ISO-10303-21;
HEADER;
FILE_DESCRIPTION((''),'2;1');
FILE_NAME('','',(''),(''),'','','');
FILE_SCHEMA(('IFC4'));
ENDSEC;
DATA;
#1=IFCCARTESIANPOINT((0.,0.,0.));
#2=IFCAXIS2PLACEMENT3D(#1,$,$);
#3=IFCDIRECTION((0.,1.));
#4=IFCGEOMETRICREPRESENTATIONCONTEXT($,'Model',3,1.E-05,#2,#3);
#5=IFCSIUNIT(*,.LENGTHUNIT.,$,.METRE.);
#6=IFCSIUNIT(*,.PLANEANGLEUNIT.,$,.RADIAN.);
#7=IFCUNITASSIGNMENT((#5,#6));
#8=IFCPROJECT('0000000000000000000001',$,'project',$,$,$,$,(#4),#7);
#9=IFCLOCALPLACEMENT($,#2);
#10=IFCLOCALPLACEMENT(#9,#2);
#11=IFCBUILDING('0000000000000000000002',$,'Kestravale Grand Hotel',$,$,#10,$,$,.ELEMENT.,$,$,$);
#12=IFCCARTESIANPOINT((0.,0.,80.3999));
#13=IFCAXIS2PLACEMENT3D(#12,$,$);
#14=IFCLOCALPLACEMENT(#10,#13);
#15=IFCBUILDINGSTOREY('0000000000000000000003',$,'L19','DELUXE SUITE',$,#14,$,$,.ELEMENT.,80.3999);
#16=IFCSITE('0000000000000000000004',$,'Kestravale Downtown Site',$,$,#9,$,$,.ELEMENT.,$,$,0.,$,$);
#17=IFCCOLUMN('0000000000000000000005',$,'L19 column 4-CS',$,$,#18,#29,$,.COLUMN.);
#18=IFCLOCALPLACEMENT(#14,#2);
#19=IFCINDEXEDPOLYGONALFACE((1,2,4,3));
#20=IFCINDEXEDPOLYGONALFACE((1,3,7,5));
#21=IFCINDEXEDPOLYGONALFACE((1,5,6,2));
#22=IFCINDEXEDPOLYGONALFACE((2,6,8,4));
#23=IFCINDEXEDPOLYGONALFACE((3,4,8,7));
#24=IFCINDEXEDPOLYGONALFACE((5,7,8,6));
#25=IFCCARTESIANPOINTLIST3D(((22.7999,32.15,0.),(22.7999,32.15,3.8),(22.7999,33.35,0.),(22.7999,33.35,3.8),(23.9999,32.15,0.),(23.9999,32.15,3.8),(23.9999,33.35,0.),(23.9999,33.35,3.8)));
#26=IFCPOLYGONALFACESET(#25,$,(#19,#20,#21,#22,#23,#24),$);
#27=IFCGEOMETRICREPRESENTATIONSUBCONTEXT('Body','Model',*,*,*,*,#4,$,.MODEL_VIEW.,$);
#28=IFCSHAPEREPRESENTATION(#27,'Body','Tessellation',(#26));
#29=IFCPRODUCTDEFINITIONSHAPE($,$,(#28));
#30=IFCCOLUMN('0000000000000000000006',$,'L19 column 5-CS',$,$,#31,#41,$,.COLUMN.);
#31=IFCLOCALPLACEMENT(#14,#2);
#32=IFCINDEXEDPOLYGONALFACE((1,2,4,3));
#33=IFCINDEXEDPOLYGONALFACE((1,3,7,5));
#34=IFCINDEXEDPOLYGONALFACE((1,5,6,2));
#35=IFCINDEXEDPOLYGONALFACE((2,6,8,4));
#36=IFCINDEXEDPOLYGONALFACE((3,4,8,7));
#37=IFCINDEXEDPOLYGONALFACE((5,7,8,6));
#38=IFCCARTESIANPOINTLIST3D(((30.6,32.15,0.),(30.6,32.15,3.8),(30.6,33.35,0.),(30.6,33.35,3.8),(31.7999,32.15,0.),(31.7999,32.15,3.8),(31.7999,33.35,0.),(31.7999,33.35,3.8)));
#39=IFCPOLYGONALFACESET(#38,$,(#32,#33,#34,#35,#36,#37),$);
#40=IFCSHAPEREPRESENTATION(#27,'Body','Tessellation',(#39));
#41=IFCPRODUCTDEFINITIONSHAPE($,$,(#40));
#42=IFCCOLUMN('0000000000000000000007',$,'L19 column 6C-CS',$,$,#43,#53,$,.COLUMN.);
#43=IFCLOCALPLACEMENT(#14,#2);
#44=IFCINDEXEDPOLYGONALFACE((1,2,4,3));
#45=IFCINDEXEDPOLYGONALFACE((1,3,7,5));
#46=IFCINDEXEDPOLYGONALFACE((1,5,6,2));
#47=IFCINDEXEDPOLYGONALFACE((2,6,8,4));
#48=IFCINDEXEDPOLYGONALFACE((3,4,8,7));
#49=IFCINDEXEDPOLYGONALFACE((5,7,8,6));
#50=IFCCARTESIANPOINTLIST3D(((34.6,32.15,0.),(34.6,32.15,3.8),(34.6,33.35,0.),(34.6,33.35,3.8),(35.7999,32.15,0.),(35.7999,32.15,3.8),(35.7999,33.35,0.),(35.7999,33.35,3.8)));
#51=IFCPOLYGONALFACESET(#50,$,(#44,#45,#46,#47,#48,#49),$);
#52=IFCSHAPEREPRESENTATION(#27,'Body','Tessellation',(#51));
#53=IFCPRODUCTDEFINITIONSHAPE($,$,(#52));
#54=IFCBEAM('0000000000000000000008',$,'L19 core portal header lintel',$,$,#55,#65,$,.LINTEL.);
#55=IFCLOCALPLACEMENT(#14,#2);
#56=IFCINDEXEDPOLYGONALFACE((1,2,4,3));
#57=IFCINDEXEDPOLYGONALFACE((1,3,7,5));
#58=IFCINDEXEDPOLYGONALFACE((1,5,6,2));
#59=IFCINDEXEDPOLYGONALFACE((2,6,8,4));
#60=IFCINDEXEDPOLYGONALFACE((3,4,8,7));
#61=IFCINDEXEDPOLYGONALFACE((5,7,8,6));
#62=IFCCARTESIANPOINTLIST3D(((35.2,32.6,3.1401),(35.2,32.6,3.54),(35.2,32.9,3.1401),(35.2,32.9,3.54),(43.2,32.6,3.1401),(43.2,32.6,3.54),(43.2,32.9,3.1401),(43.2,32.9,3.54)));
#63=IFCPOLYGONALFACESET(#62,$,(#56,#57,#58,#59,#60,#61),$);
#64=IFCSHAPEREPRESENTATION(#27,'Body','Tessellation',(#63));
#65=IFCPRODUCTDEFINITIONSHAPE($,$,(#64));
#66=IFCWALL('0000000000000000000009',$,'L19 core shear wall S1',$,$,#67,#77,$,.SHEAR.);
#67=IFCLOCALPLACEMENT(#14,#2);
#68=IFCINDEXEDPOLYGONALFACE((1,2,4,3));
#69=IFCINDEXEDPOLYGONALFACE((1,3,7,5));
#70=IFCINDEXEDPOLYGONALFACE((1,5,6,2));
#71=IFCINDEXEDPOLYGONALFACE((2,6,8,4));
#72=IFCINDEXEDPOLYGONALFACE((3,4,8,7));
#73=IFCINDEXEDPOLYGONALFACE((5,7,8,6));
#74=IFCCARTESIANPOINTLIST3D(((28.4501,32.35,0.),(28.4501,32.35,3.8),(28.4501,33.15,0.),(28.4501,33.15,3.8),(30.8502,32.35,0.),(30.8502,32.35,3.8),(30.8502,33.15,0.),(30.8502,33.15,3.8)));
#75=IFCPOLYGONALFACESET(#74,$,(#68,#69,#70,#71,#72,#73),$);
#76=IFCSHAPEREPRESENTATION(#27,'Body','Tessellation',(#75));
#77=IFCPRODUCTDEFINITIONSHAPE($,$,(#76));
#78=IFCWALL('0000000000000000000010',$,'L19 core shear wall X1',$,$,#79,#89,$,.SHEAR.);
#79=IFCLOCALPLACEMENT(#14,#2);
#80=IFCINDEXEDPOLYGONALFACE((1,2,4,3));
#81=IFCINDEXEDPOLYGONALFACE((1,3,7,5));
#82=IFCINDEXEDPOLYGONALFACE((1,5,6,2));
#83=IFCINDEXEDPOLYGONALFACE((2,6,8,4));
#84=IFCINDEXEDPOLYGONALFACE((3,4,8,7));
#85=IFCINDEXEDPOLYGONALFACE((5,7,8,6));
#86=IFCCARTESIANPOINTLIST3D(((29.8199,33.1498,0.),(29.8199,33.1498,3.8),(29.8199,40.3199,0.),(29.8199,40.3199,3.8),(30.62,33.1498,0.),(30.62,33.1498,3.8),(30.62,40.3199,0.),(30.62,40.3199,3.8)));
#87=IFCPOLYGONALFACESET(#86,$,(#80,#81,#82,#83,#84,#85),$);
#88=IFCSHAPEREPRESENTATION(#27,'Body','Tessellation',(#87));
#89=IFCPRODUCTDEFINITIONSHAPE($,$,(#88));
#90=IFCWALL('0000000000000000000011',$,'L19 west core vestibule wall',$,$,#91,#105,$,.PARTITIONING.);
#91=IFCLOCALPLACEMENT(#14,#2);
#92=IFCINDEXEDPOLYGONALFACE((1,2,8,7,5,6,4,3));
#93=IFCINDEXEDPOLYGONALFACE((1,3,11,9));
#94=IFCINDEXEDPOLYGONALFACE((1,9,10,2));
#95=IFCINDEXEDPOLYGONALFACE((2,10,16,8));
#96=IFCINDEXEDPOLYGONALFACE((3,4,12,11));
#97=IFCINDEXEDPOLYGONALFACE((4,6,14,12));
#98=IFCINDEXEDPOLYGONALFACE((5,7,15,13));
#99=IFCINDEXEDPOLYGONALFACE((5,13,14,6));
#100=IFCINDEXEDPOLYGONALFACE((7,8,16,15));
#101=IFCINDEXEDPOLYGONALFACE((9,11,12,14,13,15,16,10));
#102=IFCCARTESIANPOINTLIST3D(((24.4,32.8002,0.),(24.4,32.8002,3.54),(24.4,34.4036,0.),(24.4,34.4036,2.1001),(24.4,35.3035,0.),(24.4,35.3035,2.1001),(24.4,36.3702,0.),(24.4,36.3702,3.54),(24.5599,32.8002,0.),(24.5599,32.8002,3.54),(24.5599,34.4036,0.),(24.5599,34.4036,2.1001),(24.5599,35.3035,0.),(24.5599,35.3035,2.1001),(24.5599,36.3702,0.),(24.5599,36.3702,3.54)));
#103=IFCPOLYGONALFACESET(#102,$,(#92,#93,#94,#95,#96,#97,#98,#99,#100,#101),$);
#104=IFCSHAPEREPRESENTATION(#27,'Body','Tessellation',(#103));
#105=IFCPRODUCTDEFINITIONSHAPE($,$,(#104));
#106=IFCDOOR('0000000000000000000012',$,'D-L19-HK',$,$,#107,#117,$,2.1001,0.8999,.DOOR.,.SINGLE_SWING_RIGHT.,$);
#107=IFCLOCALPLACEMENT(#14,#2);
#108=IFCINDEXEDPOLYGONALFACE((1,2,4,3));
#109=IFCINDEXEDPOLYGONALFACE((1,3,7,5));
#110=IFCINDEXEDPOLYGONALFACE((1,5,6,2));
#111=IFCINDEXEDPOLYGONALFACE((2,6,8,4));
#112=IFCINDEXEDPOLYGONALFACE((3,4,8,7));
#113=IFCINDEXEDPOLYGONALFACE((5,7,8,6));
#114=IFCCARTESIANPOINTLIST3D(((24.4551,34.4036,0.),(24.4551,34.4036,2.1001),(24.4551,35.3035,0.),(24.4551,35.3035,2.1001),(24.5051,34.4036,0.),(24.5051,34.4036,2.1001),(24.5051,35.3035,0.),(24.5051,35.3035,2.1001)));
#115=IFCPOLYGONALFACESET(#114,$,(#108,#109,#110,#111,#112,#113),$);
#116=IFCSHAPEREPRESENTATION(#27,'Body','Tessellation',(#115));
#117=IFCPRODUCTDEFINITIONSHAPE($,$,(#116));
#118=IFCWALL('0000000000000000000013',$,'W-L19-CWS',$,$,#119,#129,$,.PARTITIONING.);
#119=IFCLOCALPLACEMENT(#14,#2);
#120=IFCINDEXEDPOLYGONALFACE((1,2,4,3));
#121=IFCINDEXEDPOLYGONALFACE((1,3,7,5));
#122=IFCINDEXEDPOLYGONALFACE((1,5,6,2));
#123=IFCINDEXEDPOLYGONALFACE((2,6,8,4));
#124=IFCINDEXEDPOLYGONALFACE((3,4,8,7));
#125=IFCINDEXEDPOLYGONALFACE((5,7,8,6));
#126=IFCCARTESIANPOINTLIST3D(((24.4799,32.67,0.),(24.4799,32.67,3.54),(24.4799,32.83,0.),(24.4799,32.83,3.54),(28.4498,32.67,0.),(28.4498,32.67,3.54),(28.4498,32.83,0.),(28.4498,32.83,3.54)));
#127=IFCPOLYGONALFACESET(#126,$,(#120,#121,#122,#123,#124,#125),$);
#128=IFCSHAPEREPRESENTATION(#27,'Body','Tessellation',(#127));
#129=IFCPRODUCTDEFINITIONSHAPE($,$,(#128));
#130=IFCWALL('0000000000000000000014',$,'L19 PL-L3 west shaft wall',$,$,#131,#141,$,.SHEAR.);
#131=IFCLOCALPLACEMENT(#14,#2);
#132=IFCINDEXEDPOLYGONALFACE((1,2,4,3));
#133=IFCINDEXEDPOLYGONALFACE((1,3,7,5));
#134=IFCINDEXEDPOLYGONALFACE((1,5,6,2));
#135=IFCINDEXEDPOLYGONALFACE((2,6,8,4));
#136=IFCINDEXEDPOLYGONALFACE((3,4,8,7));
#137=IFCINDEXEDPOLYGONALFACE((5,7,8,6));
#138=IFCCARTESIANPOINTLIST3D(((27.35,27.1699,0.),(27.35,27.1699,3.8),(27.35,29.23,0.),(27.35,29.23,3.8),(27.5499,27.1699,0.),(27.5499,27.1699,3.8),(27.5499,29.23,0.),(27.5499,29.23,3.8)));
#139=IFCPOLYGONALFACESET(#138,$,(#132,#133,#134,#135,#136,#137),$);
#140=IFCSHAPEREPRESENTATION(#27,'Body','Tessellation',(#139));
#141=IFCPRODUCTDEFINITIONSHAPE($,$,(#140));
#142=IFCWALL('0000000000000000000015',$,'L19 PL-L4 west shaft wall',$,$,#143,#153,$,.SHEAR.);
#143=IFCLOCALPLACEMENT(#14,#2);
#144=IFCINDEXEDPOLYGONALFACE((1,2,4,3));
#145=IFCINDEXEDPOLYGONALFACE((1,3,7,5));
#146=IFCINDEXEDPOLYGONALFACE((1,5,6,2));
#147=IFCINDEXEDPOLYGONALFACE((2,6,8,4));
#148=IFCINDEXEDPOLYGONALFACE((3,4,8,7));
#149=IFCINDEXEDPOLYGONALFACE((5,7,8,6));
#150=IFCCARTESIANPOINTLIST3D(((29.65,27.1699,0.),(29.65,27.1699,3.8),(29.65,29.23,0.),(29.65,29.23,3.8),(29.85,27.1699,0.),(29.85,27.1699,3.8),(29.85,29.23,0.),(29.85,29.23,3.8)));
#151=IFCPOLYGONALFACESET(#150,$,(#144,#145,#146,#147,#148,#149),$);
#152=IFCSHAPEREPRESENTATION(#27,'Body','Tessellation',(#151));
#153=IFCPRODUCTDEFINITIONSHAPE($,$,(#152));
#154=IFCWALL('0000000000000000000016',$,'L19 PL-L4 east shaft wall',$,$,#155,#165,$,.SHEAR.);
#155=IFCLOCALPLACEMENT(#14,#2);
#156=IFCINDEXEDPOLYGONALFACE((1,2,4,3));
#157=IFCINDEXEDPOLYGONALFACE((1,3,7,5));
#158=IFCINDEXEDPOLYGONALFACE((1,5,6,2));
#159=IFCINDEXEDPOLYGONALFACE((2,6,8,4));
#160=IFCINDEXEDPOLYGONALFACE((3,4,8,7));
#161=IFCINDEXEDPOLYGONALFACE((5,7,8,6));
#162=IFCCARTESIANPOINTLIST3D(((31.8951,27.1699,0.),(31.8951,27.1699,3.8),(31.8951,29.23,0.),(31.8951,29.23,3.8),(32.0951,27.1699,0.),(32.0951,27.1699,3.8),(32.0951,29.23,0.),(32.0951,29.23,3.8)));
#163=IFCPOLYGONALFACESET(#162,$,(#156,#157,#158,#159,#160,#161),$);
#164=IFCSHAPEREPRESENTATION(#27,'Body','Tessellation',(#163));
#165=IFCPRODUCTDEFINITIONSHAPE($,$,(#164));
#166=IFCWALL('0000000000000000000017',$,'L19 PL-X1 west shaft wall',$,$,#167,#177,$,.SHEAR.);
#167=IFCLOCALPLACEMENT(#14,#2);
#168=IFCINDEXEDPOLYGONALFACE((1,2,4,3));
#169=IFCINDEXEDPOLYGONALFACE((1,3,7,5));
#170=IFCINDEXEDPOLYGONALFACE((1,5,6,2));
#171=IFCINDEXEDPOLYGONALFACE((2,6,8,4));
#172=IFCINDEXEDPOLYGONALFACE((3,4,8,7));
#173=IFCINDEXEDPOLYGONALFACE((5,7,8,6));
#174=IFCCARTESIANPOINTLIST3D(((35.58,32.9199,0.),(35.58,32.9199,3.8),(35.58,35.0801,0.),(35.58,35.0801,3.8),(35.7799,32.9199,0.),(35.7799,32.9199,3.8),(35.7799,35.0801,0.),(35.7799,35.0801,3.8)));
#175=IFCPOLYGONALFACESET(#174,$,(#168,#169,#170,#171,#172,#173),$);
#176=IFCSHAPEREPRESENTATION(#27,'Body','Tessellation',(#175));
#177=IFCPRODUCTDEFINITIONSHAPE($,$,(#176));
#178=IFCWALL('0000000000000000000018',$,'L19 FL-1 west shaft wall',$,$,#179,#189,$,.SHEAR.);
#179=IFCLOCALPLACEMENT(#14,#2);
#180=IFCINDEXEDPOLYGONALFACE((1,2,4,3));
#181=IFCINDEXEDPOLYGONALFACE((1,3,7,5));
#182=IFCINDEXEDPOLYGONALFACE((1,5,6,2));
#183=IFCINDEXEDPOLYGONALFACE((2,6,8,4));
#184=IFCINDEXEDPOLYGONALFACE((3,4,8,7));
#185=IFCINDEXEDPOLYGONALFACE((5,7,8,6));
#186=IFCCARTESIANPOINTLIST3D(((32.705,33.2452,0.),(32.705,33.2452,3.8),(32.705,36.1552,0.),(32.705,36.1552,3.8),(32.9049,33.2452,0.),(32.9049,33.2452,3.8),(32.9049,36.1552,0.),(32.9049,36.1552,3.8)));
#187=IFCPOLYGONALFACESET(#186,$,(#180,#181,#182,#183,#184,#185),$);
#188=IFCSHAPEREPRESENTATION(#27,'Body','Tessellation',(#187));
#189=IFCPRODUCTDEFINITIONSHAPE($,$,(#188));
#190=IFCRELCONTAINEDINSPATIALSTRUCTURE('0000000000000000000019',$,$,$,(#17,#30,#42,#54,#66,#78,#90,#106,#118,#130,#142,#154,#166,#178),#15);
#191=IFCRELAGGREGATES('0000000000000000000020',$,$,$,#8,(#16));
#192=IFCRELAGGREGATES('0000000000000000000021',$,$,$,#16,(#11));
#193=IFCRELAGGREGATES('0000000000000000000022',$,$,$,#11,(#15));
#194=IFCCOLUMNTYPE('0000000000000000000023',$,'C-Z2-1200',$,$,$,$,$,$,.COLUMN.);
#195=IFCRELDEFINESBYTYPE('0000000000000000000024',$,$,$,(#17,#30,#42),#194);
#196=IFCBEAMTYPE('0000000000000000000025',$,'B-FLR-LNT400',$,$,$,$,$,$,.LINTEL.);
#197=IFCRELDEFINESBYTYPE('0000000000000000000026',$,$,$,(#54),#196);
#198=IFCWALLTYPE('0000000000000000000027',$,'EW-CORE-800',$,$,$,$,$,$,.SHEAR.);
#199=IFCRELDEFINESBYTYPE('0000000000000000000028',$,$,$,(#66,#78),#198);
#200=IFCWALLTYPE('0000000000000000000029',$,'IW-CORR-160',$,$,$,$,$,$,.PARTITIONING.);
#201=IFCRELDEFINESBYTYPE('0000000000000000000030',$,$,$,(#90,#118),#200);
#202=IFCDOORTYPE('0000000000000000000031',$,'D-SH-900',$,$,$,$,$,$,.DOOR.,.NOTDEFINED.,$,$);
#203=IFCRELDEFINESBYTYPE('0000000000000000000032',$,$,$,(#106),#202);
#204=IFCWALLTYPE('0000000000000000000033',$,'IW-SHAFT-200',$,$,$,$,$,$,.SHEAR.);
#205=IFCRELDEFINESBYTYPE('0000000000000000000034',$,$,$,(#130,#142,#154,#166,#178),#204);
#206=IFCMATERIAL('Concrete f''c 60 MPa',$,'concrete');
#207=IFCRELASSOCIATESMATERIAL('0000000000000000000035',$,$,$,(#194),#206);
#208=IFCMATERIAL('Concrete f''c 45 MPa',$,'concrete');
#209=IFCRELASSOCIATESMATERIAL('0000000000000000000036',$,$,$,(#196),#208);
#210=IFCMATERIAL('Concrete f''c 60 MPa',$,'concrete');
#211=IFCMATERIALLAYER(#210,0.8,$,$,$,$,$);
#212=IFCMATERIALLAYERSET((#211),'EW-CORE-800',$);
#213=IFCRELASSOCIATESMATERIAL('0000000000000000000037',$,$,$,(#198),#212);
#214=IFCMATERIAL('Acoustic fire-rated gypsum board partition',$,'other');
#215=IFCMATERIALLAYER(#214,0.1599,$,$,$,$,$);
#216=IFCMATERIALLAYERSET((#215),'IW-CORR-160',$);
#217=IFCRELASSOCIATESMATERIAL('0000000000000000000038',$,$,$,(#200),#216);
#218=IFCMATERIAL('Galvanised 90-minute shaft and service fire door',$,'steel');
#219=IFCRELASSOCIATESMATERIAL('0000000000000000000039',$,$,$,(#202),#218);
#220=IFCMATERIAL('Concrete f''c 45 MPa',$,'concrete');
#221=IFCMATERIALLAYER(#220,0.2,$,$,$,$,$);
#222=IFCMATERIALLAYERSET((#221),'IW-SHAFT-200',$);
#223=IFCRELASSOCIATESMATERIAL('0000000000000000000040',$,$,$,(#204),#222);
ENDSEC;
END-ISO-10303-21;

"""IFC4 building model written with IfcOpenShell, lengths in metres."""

from ifc_helpers import new_model, si_unit, direction, frame, frame_2d, origin, origin_2d, place, context, subcontext, project, spatial, rectangle, extrude, material, layer, layer_set, material_profile, profile_set, type_object, element, fill, save


model = new_model("IFC4")

# Units and contexts
model_context = context("Model", 3, precision=1e-05, world=origin(), true_north=direction((0.0, 1.0)))
body_context = subcontext(model_context, "Body", "Model", "MODEL_VIEW")
ifc_project = project(units=[si_unit("LENGTHUNIT", "METRE"), si_unit("PLANEANGLEUNIT", "RADIAN")], contexts=[model_context])

# Site, building, storey
site_placement = place(None, origin())
site = spatial("IfcSite", under=ifc_project, at=site_placement, Name="Kestravale Downtown Site", CompositionType="ELEMENT", RefElevation=0.0)
building_placement = place(site_placement, origin())
building = spatial("IfcBuilding", under=site, at=building_placement, Name="Kestravale Grand Hotel", CompositionType="ELEMENT")
storey_placement = place(building_placement, frame((0.0, 0.0, 80.3999)))
storey = spatial("IfcBuildingStorey", under=building, at=storey_placement, Name="L19", Description="DELUXE SUITE", CompositionType="ELEMENT", Elevation=80.3999)

# Columns
ifc_material_1 = material(Name="Concrete f'c 60 MPa", Category="concrete")
ifc_material_profile_1 = material_profile(ifc_material_1, rectangle(XDim=1.2, YDim=1.2, at=origin_2d()))
ifc_profile_set_1 = profile_set([ifc_material_profile_1], Name="Concrete f'c 60 MPa")
column_type = type_object("IfcColumnType", Name="C-Z2-1200", PredefinedType="COLUMN", material=ifc_profile_set_1)
for number, where, z_axis, x_axis, name in (
    (1, (23.3999, 32.75, 0.0), (0.0, 0.0, 1.0), (1.0, 0.0, 0.0), "L19 column 4-CS"),
    (2, (31.2, 32.75, 0.0), (0.0, 0.0, 1.0), (1.0, 0.0, 0.0), "L19 column 5-CS"),
    (3, (35.2, 32.75, 0.0), (0.0, 0.0, 1.0), (1.0, 0.0, 0.0), "L19 column 6C-CS"),
):
    element("IfcColumn", number, at=place(storey_placement, frame(where, z_axis=z_axis, x_axis=x_axis)), inside=storey, type_object=column_type, Name=name, PredefinedType="COLUMN", context=body_context, shape_type="SweptSolid", body=[
        extrude(rectangle(XDim=1.2, YDim=1.2, at=origin_2d()), origin(), (0.0, 0.0, 1.0), 3.8),
    ])

# Beam
ifc_material_2 = material(Name="Concrete f'c 45 MPa", Category="concrete")
ifc_material_profile_2 = material_profile(ifc_material_2, rectangle(XDim=0.3, YDim=0.3999, at=origin_2d()))
ifc_profile_set_2 = profile_set([ifc_material_profile_2], Name="Concrete f'c 45 MPa")
beam_type = type_object("IfcBeamType", Name="B-FLR-LNT400", PredefinedType="LINTEL", material=ifc_profile_set_2)
beam_placement = place(storey_placement, frame((35.2, 32.75, 3.3401), z_axis=(1.0, 0.0, 0.0), x_axis=(0.0, 1.0, 0.0)))
element("IfcBeam", 4, at=beam_placement, inside=storey, type_object=beam_type, Name="L19 core portal header lintel", PredefinedType="LINTEL", context=body_context, shape_type="SweptSolid", body=[
    extrude(rectangle(XDim=0.3, YDim=0.3999, at=origin_2d()), origin(), (0.0, 0.0, 1.0), 8.0),
])

# Walls
ifc_material_3 = material(Name="Concrete f'c 60 MPa", Category="concrete")
ifc_layer_1 = layer(ifc_material_3, 0.8)
ifc_layer_set_1 = layer_set([ifc_layer_1], Name="EW-CORE-800")
wall_type_1 = type_object("IfcWallType", Name="EW-CORE-800", PredefinedType="SHEAR", material=ifc_layer_set_1)
wall_1_placement = place(storey_placement, frame((28.45, 32.75, 0.0), z_axis=(0.0, 0.0, 1.0), x_axis=(1.0, 0.0, 0.0)))
element("IfcWall", 5, at=wall_1_placement, inside=storey, type_object=wall_type_1, Name="L19 core shear wall S1", PredefinedType="SHEAR", context=body_context, shape_type="SweptSolid", body=[
    extrude(rectangle(XDim=2.4001, YDim=0.8, at=frame_2d((1.2002, 0.0))), origin(), (0.0, 0.0, 1.0), 3.8),
])
wall_2_placement = place(storey_placement, frame((30.22, 33.1499, 0.0), z_axis=(0.0, 0.0, 1.0), x_axis=(0.0, 1.0, 0.0)))
element("IfcWall", 6, at=wall_2_placement, inside=storey, type_object=wall_type_1, Name="L19 core shear wall X1", PredefinedType="SHEAR", context=body_context, shape_type="SweptSolid", body=[
    extrude(rectangle(XDim=7.1702, YDim=0.8, at=frame_2d((3.585, 0.0))), origin(), (0.0, 0.0, 1.0), 3.8),
])

# Wall, opening, door
ifc_material_4 = material(Name="Acoustic fire-rated gypsum board partition", Category="other")
ifc_layer_2 = layer(ifc_material_4, 0.1599)
ifc_layer_set_2 = layer_set([ifc_layer_2], Name="IW-CORR-160")
wall_type_2 = type_object("IfcWallType", Name="IW-CORR-160", PredefinedType="PARTITIONING", material=ifc_layer_set_2)
wall_3_placement = place(storey_placement, frame((24.48, 32.8, 0.0), z_axis=(0.0, 0.0, 1.0), x_axis=(0.0, 1.0, 0.0)))
wall_3 = element("IfcWall", 7, at=wall_3_placement, inside=storey, type_object=wall_type_2, Name="L19 west core vestibule wall", PredefinedType="PARTITIONING", context=body_context, shape_type="SweptSolid", body=[
    extrude(rectangle(XDim=3.5701, YDim=0.1599, at=frame_2d((1.7852, 0.0))), origin(), (0.0, 0.0, 1.0), 3.54),
])
opening_1_placement = place(wall_3_placement, frame((1.6035, 0.0, 0.0)))
opening_1 = element("IfcOpeningElement", 8, at=opening_1_placement, cuts=wall_3, PredefinedType="OPENING", context=body_context, shape_type="SweptSolid", body=[
    extrude(rectangle(XDim=0.8999, YDim=2.1001, at=frame_2d((0.45, 1.05))), frame((0.0, 0.0898, 0.0), z_axis=(0.0, -1.0, 0.0), x_axis=(1.0, 0.0, 0.0)), (0.0, 0.0, 1.0), 0.1799),
])
ifc_material_5 = material(Name="Galvanised 90-minute shaft and service fire door", Category="steel")
door_type_1 = type_object("IfcDoorType", Name="D-SH-900", OperationType="NOTDEFINED", PredefinedType="DOOR", material=ifc_material_5)
door_1_placement = place(opening_1_placement, origin())
door_1 = element("IfcDoor", 9, at=door_1_placement, inside=storey, type_object=door_type_1, Name="D-L19-HK", OperationType="SINGLE_SWING_RIGHT", OverallHeight=2.1001, OverallWidth=0.8999, PredefinedType="DOOR", context=body_context, shape_type="SweptSolid", body=[
    extrude(rectangle(XDim=0.8999, YDim=2.1001, at=frame_2d((0.45, 1.05))), frame((0.0, 0.0249, 0.0), z_axis=(0.0, -1.0, 0.0), x_axis=(1.0, 0.0, 0.0)), (0.0, 0.0, 1.0), 0.05),
])
fill(opening_1, door_1)

# Walls
wall_4_placement = place(storey_placement, frame((24.48, 32.75, 0.0), z_axis=(0.0, 0.0, 1.0), x_axis=(1.0, 0.0, 0.0)))
element("IfcWall", 10, at=wall_4_placement, inside=storey, type_object=wall_type_2, Name="W-L19-CWS", PredefinedType="PARTITIONING", context=body_context, shape_type="SweptSolid", body=[
    extrude(rectangle(XDim=3.97, YDim=0.1599, at=frame_2d((1.9849, 0.0))), origin(), (0.0, 0.0, 1.0), 3.54),
])
ifc_material_6 = material(Name="Concrete f'c 45 MPa", Category="concrete")
ifc_layer_3 = layer(ifc_material_6, 0.2)
ifc_layer_set_3 = layer_set([ifc_layer_3], Name="IW-SHAFT-200")
wall_type_3 = type_object("IfcWallType", Name="IW-SHAFT-200", PredefinedType="SHEAR", material=ifc_layer_set_3)
for number, where, z_axis, x_axis, name in (
    (11, (27.45, 27.1699, 0.0), (0.0, 0.0, 1.0), (0.0, 1.0, 0.0), "L19 PL-L3 west shaft wall"),
    (12, (29.75, 27.1699, 0.0), (0.0, 0.0, 1.0), (0.0, 1.0, 0.0), "L19 PL-L4 west shaft wall"),
    (13, (31.9951, 27.1699, 0.0), (0.0, 0.0, 1.0), (0.0, 1.0, 0.0), "L19 PL-L4 east shaft wall"),
):
    element("IfcWall", number, at=place(storey_placement, frame(where, z_axis=z_axis, x_axis=x_axis)), inside=storey, type_object=wall_type_3, Name=name, PredefinedType="SHEAR", context=body_context, shape_type="SweptSolid", body=[
        extrude(rectangle(XDim=2.0601, YDim=0.2, at=frame_2d((1.03, 0.0))), origin(), (0.0, 0.0, 1.0), 3.8),
    ])
wall_5_placement = place(storey_placement, frame((35.6799, 32.9199, 0.0), z_axis=(0.0, 0.0, 1.0), x_axis=(0.0, 1.0, 0.0)))
element("IfcWall", 14, at=wall_5_placement, inside=storey, type_object=wall_type_3, Name="L19 PL-X1 west shaft wall", PredefinedType="SHEAR", context=body_context, shape_type="SweptSolid", body=[
    extrude(rectangle(XDim=2.1602, YDim=0.2, at=frame_2d((1.0801, 0.0))), origin(), (0.0, 0.0, 1.0), 3.8),
])
for number, where, z_axis, x_axis, name in (
    (15, (32.8049, 33.2451, 0.0), (0.0, 0.0, 1.0), (0.0, 1.0, 0.0), "L19 FL-1 west shaft wall"),
):
    element("IfcWall", number, at=place(storey_placement, frame(where, z_axis=z_axis, x_axis=x_axis)), inside=storey, type_object=wall_type_3, Name=name, PredefinedType="SHEAR", context=body_context, shape_type="SweptSolid", body=[
        extrude(rectangle(XDim=2.9099, YDim=0.2, at=frame_2d((1.4551, 0.0))), origin(), (0.0, 0.0, 1.0), 3.8),
    ])

save(model, "model.ifc")
